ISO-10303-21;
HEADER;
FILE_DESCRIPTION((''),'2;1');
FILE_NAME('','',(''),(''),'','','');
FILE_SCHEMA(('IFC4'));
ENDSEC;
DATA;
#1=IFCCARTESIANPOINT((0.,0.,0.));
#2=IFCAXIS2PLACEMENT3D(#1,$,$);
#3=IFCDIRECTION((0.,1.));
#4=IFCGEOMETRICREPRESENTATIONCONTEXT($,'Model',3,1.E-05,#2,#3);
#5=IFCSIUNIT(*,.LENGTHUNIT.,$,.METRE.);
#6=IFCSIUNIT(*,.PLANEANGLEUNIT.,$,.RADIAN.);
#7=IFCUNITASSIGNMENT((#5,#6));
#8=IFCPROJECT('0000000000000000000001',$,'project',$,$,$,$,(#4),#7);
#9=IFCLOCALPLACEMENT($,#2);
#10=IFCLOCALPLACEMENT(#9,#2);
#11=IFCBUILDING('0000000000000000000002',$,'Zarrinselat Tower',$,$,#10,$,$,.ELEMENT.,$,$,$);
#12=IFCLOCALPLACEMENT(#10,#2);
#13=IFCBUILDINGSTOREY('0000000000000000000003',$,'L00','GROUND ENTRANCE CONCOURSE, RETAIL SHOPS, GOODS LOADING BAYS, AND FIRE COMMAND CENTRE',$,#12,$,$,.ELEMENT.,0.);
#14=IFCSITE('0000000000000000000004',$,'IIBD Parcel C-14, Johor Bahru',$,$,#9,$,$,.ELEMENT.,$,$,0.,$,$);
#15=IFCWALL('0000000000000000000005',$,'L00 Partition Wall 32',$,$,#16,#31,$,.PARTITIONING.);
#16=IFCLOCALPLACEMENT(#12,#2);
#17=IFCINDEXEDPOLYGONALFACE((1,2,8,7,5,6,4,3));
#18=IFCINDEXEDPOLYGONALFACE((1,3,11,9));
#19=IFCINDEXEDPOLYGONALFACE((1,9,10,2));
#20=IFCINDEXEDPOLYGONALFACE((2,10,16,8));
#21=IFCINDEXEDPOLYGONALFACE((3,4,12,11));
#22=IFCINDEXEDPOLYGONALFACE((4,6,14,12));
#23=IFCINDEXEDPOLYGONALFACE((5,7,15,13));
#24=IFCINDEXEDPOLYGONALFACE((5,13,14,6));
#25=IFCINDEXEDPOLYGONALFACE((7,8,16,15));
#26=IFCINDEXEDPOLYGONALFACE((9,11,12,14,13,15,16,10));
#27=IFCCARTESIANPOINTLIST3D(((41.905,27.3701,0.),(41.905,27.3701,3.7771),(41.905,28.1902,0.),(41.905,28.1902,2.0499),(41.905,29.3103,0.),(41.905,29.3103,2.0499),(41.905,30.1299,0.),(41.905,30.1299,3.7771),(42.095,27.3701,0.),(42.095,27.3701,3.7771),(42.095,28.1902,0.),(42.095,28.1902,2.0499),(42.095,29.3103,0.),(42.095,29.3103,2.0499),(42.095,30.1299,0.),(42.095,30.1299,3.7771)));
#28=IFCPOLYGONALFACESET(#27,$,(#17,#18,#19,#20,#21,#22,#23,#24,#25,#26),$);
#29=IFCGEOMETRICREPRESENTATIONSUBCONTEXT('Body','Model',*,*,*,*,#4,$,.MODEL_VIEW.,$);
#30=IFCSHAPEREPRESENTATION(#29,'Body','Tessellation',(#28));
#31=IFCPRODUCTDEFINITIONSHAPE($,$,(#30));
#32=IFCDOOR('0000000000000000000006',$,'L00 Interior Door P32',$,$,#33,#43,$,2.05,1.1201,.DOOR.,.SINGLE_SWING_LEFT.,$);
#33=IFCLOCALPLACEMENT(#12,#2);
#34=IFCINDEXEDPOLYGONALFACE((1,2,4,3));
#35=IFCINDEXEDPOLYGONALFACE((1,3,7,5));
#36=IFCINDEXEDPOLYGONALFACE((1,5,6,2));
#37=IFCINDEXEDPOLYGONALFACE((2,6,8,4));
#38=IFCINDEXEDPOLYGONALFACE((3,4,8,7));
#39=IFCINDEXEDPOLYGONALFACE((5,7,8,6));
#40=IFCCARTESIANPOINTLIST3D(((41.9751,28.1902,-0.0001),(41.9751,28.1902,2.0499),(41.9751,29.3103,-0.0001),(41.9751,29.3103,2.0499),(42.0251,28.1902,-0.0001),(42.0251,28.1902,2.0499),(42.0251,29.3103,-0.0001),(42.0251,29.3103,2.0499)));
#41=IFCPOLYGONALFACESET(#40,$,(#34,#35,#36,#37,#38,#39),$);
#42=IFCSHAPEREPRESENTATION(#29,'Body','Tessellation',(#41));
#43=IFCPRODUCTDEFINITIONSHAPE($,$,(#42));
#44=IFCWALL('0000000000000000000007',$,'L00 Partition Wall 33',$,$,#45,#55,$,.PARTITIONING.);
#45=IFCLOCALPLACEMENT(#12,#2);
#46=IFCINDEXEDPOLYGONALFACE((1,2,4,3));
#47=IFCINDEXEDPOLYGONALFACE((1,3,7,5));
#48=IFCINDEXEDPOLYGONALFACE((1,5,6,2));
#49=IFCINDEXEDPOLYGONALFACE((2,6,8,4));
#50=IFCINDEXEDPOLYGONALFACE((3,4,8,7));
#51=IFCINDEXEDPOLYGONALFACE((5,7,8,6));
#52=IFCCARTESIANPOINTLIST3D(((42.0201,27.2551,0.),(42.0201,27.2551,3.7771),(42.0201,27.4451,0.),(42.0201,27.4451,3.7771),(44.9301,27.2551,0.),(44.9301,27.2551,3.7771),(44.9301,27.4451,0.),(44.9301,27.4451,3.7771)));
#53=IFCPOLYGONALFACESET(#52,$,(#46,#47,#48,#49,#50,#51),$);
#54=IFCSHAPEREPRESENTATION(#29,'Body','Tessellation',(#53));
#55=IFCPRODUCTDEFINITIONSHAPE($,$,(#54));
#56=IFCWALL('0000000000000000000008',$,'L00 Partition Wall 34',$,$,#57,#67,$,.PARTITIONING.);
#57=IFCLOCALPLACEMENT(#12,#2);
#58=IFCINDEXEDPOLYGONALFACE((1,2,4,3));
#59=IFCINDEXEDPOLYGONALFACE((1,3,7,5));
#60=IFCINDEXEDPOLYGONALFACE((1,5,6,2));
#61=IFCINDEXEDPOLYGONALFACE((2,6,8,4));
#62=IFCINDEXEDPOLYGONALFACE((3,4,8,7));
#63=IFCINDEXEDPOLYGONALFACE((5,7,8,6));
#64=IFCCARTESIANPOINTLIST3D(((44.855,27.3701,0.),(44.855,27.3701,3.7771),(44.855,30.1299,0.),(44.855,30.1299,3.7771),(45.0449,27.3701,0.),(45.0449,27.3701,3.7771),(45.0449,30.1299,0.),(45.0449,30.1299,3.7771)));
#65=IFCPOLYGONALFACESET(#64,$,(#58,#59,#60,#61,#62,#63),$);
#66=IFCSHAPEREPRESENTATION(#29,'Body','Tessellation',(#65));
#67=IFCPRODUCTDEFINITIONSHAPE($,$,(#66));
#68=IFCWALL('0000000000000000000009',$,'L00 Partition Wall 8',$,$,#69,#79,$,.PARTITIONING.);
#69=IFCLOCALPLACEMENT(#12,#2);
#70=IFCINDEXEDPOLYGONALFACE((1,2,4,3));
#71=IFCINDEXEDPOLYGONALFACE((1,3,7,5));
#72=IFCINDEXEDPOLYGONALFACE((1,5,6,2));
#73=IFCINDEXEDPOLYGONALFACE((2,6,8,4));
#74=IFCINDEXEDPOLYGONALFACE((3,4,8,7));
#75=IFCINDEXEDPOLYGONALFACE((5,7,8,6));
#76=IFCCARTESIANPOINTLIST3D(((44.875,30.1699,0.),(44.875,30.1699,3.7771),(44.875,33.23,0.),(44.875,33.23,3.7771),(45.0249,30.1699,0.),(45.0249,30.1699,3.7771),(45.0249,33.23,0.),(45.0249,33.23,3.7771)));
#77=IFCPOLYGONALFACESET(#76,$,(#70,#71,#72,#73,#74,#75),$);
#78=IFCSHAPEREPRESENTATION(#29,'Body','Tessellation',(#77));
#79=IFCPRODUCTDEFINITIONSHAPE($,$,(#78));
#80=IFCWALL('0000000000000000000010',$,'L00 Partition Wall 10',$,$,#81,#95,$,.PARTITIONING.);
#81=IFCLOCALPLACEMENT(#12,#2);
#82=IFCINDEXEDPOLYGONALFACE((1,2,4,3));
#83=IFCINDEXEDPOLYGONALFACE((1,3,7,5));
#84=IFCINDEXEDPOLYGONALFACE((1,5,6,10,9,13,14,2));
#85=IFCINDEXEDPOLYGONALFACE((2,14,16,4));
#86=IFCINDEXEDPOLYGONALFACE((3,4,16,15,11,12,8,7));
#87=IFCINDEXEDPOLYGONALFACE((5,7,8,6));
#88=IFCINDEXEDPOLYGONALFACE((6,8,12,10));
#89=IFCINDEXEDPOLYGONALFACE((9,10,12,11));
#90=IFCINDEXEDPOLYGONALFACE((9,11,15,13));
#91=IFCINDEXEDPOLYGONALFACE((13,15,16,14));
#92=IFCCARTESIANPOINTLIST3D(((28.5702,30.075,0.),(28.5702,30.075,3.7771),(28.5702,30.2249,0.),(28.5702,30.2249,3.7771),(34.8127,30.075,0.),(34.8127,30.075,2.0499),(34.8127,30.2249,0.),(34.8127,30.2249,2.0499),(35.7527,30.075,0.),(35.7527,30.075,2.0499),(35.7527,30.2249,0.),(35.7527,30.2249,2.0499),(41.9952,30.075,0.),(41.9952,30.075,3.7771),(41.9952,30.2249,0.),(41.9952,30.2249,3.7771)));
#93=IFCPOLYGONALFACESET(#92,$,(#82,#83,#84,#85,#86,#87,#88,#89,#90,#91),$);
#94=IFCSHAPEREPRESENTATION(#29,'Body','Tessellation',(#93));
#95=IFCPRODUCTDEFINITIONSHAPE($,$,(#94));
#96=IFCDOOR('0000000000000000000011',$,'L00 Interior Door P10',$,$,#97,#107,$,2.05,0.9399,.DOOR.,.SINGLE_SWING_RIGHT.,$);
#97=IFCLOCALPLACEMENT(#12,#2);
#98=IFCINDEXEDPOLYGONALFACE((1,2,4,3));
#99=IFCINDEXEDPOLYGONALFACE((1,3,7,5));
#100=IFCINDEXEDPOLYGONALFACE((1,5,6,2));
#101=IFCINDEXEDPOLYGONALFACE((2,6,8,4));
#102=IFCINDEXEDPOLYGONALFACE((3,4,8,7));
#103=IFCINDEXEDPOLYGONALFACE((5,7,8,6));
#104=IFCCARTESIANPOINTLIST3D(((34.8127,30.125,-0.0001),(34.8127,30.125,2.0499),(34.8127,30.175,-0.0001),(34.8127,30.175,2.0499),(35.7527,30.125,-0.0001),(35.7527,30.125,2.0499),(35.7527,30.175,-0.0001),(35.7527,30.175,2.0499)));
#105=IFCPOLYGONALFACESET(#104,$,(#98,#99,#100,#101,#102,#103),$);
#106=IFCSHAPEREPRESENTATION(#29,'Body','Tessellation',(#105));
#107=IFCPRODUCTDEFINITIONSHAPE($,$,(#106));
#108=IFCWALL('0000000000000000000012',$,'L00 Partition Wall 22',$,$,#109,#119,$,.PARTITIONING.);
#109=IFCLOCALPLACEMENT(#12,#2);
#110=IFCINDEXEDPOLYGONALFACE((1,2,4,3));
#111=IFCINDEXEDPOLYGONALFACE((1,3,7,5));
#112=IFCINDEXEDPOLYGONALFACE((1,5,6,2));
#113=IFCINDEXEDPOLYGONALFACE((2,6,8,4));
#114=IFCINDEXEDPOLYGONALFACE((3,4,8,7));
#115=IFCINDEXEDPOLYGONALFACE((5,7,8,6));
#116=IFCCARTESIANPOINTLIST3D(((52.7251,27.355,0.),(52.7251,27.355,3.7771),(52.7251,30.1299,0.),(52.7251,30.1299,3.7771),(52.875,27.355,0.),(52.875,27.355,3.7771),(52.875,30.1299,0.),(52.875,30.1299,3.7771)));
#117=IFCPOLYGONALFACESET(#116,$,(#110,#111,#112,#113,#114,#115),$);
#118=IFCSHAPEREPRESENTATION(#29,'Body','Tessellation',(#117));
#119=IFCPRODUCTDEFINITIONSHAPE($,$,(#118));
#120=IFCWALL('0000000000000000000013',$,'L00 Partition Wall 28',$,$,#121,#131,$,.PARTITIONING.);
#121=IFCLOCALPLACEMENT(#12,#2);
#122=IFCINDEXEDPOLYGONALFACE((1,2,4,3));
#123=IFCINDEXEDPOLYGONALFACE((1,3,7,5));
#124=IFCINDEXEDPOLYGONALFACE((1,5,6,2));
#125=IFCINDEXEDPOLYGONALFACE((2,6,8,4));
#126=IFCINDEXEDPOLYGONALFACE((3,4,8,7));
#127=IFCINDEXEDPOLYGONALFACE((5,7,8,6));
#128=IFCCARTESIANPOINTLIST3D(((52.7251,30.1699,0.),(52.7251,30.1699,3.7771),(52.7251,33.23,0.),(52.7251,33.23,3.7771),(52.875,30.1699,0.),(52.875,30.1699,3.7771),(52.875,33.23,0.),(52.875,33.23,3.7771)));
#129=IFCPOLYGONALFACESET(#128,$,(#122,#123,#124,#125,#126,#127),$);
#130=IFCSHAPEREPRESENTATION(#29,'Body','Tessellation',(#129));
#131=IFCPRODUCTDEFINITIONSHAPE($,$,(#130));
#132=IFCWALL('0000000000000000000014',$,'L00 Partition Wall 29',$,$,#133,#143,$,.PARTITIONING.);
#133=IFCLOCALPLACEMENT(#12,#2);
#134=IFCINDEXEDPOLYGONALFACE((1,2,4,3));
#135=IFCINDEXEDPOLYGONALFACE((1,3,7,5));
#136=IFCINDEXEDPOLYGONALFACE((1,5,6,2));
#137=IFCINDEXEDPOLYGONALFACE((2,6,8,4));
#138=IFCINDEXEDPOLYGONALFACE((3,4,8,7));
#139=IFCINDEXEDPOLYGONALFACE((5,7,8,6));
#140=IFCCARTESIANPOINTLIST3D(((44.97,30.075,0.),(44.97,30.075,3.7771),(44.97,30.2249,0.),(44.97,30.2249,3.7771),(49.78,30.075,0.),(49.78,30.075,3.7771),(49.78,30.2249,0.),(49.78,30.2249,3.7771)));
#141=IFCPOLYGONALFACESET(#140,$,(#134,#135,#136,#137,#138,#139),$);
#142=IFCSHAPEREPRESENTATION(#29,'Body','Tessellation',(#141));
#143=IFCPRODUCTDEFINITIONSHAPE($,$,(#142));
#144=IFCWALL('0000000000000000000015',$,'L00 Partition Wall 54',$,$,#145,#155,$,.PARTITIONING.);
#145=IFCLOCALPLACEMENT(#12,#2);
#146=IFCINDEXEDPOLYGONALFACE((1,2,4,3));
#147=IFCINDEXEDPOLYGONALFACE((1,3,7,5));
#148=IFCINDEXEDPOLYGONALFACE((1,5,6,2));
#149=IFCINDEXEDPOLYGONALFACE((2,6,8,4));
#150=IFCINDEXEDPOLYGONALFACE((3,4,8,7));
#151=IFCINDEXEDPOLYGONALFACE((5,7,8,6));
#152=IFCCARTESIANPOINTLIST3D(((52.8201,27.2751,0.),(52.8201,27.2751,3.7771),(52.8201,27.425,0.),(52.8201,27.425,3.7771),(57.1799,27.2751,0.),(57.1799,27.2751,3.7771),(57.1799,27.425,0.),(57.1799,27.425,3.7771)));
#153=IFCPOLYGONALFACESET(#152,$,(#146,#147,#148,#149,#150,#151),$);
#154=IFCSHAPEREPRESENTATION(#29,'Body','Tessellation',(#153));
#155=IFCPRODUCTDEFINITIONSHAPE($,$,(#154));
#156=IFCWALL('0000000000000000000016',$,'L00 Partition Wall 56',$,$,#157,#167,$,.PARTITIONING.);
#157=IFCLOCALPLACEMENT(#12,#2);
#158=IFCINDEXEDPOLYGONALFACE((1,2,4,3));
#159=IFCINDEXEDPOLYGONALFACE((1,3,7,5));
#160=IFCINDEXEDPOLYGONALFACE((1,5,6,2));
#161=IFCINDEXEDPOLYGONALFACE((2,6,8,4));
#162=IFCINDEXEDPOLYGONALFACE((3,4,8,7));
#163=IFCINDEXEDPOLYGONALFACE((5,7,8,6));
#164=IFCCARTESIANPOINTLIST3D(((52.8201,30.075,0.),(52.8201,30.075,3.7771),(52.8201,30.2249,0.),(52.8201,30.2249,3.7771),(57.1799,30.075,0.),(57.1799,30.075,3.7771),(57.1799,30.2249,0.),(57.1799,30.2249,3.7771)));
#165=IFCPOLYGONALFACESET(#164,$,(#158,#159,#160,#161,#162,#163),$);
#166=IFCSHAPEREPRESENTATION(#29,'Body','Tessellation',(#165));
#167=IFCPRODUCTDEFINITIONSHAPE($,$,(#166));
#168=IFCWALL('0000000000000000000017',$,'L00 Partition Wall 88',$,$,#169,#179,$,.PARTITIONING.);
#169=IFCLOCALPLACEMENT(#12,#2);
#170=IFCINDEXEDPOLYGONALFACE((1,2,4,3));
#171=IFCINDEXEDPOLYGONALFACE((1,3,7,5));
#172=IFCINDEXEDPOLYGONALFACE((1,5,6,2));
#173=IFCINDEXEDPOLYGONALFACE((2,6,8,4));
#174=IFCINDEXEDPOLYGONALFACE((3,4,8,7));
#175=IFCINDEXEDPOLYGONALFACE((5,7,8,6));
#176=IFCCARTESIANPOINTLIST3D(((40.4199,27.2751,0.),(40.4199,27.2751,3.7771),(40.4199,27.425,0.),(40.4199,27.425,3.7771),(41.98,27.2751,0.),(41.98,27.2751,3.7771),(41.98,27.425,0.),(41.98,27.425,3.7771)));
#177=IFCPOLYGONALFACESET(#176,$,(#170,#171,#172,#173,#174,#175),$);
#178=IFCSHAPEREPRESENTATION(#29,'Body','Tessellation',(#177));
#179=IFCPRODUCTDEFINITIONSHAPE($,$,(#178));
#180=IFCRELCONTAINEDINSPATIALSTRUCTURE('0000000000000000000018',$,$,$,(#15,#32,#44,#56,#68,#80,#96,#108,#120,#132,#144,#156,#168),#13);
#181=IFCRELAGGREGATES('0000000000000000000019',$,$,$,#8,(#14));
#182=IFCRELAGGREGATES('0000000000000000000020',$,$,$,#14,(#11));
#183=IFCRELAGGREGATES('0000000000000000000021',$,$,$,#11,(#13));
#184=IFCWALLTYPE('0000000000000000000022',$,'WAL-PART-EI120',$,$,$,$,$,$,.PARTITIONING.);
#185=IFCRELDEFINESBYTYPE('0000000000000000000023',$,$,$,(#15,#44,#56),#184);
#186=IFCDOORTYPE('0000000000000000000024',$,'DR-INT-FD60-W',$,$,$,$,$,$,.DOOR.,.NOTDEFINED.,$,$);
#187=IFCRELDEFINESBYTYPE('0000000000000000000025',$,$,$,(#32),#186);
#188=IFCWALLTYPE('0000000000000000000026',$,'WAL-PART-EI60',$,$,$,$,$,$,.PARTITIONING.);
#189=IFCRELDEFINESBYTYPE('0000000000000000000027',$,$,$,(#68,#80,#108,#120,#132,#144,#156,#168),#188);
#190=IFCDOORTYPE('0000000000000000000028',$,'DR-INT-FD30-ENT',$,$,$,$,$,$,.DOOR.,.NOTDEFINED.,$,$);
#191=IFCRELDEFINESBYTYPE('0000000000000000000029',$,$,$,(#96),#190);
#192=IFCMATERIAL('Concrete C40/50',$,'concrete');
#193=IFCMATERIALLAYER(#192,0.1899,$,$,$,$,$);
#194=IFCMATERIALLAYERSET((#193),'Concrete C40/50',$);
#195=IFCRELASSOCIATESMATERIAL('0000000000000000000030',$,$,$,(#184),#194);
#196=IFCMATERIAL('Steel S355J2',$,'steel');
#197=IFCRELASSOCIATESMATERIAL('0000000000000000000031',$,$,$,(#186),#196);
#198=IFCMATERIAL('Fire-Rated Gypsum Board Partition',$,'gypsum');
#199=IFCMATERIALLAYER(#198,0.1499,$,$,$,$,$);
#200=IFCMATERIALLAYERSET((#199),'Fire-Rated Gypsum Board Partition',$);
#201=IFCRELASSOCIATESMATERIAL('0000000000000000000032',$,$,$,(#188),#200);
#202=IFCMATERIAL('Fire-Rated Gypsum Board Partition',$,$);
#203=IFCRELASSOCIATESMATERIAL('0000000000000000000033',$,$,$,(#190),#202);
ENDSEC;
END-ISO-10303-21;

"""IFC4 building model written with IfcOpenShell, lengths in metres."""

from ifc_helpers import new_model, si_unit, direction, frame, frame_2d, origin, place, context, subcontext, project, spatial, rectangle, extrude, material, layer, layer_set, type_object, element, fill, save


model = new_model("IFC4")

# Units and contexts
model_context = context("Model", 3, precision=1e-05, world=origin(), true_north=direction((0.0, 1.0)))
body_context = subcontext(model_context, "Body", "Model", "MODEL_VIEW")
ifc_project = project(units=[si_unit("LENGTHUNIT", "METRE"), si_unit("PLANEANGLEUNIT", "RADIAN")], contexts=[model_context])

# Site, building, storey
site_placement = place(None, origin())
site = spatial("IfcSite", under=ifc_project, at=site_placement, Name="IIBD Parcel C-14, Johor Bahru", CompositionType="ELEMENT", RefElevation=0.0)
building_placement = place(site_placement, origin())
building = spatial("IfcBuilding", under=site, at=building_placement, Name="Zarrinselat Tower", CompositionType="ELEMENT")
storey_placement = place(building_placement, origin())
storey = spatial("IfcBuildingStorey", under=building, at=storey_placement, Name="L00", Description="GROUND ENTRANCE CONCOURSE, RETAIL SHOPS, GOODS LOADING BAYS, AND FIRE COMMAND CENTRE", CompositionType="ELEMENT", Elevation=0.0)

# Wall, opening, door
ifc_material_1 = material(Name="Concrete C40/50", Category="concrete")
ifc_layer_1 = layer(ifc_material_1, 0.1899)
ifc_layer_set_1 = layer_set([ifc_layer_1], Name="Concrete C40/50")
wall_type_1 = type_object("IfcWallType", Name="WAL-PART-EI120", PredefinedType="PARTITIONING", material=ifc_layer_set_1)
ifc_material_2 = material(Name="Steel S355J2", Category="steel")
door_type_1 = type_object("IfcDoorType", Name="DR-INT-FD60-W", OperationType="NOTDEFINED", PredefinedType="DOOR", material=ifc_material_2)
wall_1_placement = place(storey_placement, frame((42.0, 27.3701, 0.0), z_axis=(0.0, 0.0, 1.0), x_axis=(0.0, 1.0, 0.0)))
wall_1 = element("IfcWall", 1, at=wall_1_placement, inside=storey, type_object=wall_type_1, Name="L00 Partition Wall 32", PredefinedType="PARTITIONING", context=body_context, shape_type="SweptSolid", body=[
    extrude(rectangle(XDim=2.7598, YDim=0.1899, at=frame_2d((1.3799, 0.0))), origin(), (0.0, 0.0, 1.0), 3.7771),
])
opening_1_placement = place(wall_1_placement, frame((0.8201, 0.0, 0.0)))
opening_1 = element("IfcOpeningElement", 2, at=opening_1_placement, cuts=wall_1, PredefinedType="OPENING", context=body_context, shape_type="SweptSolid", body=[
    extrude(rectangle(XDim=1.1201, YDim=2.05, at=frame_2d((0.5601, 1.0249))), frame((0.0, 0.105, 0.0), z_axis=(0.0, -1.0, 0.0), x_axis=(1.0, 0.0, 0.0)), (0.0, 0.0, 1.0), 0.21),
])
door_1_placement = place(opening_1_placement, origin())
door_1 = element("IfcDoor", 3, at=door_1_placement, inside=storey, type_object=door_type_1, Name="L00 Interior Door P32", OperationType="SINGLE_SWING_LEFT", OverallHeight=2.05, OverallWidth=1.1201, PredefinedType="DOOR", context=body_context, shape_type="SweptSolid", body=[
    extrude(rectangle(XDim=1.1201, YDim=2.05, at=frame_2d((0.5601, 1.0249))), frame((0.0, 0.0249, 0.0), z_axis=(0.0, -1.0, 0.0), x_axis=(1.0, 0.0, 0.0)), (0.0, 0.0, 1.0), 0.05),
])
fill(opening_1, door_1)

# Walls
wall_2_placement = place(storey_placement, frame((42.02, 27.3501, 0.0), z_axis=(0.0, 0.0, 1.0), x_axis=(1.0, 0.0, 0.0)))
element("IfcWall", 4, at=wall_2_placement, inside=storey, type_object=wall_type_1, Name="L00 Partition Wall 33", PredefinedType="PARTITIONING", context=body_context, shape_type="SweptSolid", body=[
    extrude(rectangle(XDim=2.9099, YDim=0.1899, at=frame_2d((1.4551, 0.0))), origin(), (0.0, 0.0, 1.0), 3.7771),
])
wall_3_placement = place(storey_placement, frame((44.95, 27.3701, 0.0), z_axis=(0.0, 0.0, 1.0), x_axis=(0.0, 1.0, 0.0)))
element("IfcWall", 5, at=wall_3_placement, inside=storey, type_object=wall_type_1, Name="L00 Partition Wall 34", PredefinedType="PARTITIONING", context=body_context, shape_type="SweptSolid", body=[
    extrude(rectangle(XDim=2.7598, YDim=0.1899, at=frame_2d((1.3799, 0.0))), origin(), (0.0, 0.0, 1.0), 3.7771),
])
ifc_material_3 = material(Name="Fire-Rated Gypsum Board Partition", Category="gypsum")
ifc_layer_2 = layer(ifc_material_3, 0.1499)
ifc_layer_set_2 = layer_set([ifc_layer_2], Name="Fire-Rated Gypsum Board Partition")
wall_type_2 = type_object("IfcWallType", Name="WAL-PART-EI60", PredefinedType="PARTITIONING", material=ifc_layer_set_2)
wall_4_placement = place(storey_placement, frame((44.95, 30.1699, 0.0), z_axis=(0.0, 0.0, 1.0), x_axis=(0.0, 1.0, 0.0)))
element("IfcWall", 6, at=wall_4_placement, inside=storey, type_object=wall_type_2, Name="L00 Partition Wall 8", PredefinedType="PARTITIONING", context=body_context, shape_type="SweptSolid", body=[
    extrude(rectangle(XDim=3.0601, YDim=0.1499, at=frame_2d((1.53, 0.0))), origin(), (0.0, 0.0, 1.0), 3.7771),
])

# Wall, opening, door
wall_5_placement = place(storey_placement, frame((41.9951, 30.1499, 0.0), z_axis=(0.0, 0.0, 1.0), x_axis=(-1.0, 0.0, 0.0)))
wall_5 = element("IfcWall", 7, at=wall_5_placement, inside=storey, type_object=wall_type_2, Name="L00 Partition Wall 10", PredefinedType="PARTITIONING", context=body_context, shape_type="SweptSolid", body=[
    extrude(rectangle(XDim=13.425, YDim=0.1499, at=frame_2d((6.7124, 0.0))), origin(), (0.0, 0.0, 1.0), 3.7771),
])
opening_2_placement = place(wall_5_placement, frame((6.2424, 0.0, 0.0)))
opening_2 = element("IfcOpeningElement", 8, at=opening_2_placement, cuts=wall_5, PredefinedType="OPENING", context=body_context, shape_type="SweptSolid", body=[
    extrude(rectangle(XDim=0.9399, YDim=2.05, at=frame_2d((0.47, 1.0249))), frame((0.0, 0.085, 0.0), z_axis=(0.0, -1.0, 0.0), x_axis=(1.0, 0.0, 0.0)), (0.0, 0.0, 1.0), 0.1699),
])
ifc_material_4 = material(Name="Fire-Rated Gypsum Board Partition")
door_type_2 = type_object("IfcDoorType", Name="DR-INT-FD30-ENT", OperationType="NOTDEFINED", PredefinedType="DOOR", material=ifc_material_4)
door_2_placement = place(opening_2_placement, origin())
door_2 = element("IfcDoor", 9, at=door_2_placement, inside=storey, type_object=door_type_2, Name="L00 Interior Door P10", OperationType="SINGLE_SWING_RIGHT", OverallHeight=2.05, OverallWidth=0.9399, PredefinedType="DOOR", context=body_context, shape_type="SweptSolid", body=[
    extrude(rectangle(XDim=0.9399, YDim=2.05, at=frame_2d((0.47, 1.0249))), frame((0.0, 0.0249, 0.0), z_axis=(0.0, -1.0, 0.0), x_axis=(1.0, 0.0, 0.0)), (0.0, 0.0, 1.0), 0.05),
])
fill(opening_2, door_2)

# Walls
wall_6_placement = place(storey_placement, frame((52.8, 27.355, 0.0), z_axis=(0.0, 0.0, 1.0), x_axis=(0.0, 1.0, 0.0)))
element("IfcWall", 10, at=wall_6_placement, inside=storey, type_object=wall_type_2, Name="L00 Partition Wall 22", PredefinedType="PARTITIONING", context=body_context, shape_type="SweptSolid", body=[
    extrude(rectangle(XDim=2.7749, YDim=0.1499, at=frame_2d((1.3875, 0.0))), origin(), (0.0, 0.0, 1.0), 3.7771),
])
wall_7_placement = place(storey_placement, frame((52.8, 30.1699, 0.0), z_axis=(0.0, 0.0, 1.0), x_axis=(0.0, 1.0, 0.0)))
element("IfcWall", 11, at=wall_7_placement, inside=storey, type_object=wall_type_2, Name="L00 Partition Wall 28", PredefinedType="PARTITIONING", context=body_context, shape_type="SweptSolid", body=[
    extrude(rectangle(XDim=3.0601, YDim=0.1499, at=frame_2d((1.53, 0.0))), origin(), (0.0, 0.0, 1.0), 3.7771),
])
wall_8_placement = place(storey_placement, frame((44.97, 30.1499, 0.0), z_axis=(0.0, 0.0, 1.0), x_axis=(1.0, 0.0, 0.0)))
element("IfcWall", 12, at=wall_8_placement, inside=storey, type_object=wall_type_2, Name="L00 Partition Wall 29", PredefinedType="PARTITIONING", context=body_context, shape_type="SweptSolid", body=[
    extrude(rectangle(XDim=4.8101, YDim=0.1499, at=frame_2d((2.405, 0.0))), origin(), (0.0, 0.0, 1.0), 3.7771),
])
for number, where, z_axis, x_axis, name in (
    (13, (52.8201, 27.3501, 0.0), (0.0, 0.0, 1.0), (1.0, 0.0, 0.0), "L00 Partition Wall 54"),
    (14, (52.8201, 30.1499, 0.0), (0.0, 0.0, 1.0), (1.0, 0.0, 0.0), "L00 Partition Wall 56"),
):
    element("IfcWall", number, at=place(storey_placement, frame(where, z_axis=z_axis, x_axis=x_axis)), inside=storey, type_object=wall_type_2, Name=name, PredefinedType="PARTITIONING", context=body_context, shape_type="SweptSolid", body=[
        extrude(rectangle(XDim=4.3599, YDim=0.1499, at=frame_2d((2.1799, 0.0))), origin(), (0.0, 0.0, 1.0), 3.7771),
    ])
wall_9_placement = place(storey_placement, frame((40.4199, 27.3501, 0.0), z_axis=(0.0, 0.0, 1.0), x_axis=(1.0, 0.0, 0.0)))
element("IfcWall", 15, at=wall_9_placement, inside=storey, type_object=wall_type_2, Name="L00 Partition Wall 88", PredefinedType="PARTITIONING", context=body_context, shape_type="SweptSolid", body=[
    extrude(rectangle(XDim=1.5601, YDim=0.1499, at=frame_2d((0.78, 0.0))), origin(), (0.0, 0.0, 1.0), 3.7771),
])

save(model, "model.ifc")
